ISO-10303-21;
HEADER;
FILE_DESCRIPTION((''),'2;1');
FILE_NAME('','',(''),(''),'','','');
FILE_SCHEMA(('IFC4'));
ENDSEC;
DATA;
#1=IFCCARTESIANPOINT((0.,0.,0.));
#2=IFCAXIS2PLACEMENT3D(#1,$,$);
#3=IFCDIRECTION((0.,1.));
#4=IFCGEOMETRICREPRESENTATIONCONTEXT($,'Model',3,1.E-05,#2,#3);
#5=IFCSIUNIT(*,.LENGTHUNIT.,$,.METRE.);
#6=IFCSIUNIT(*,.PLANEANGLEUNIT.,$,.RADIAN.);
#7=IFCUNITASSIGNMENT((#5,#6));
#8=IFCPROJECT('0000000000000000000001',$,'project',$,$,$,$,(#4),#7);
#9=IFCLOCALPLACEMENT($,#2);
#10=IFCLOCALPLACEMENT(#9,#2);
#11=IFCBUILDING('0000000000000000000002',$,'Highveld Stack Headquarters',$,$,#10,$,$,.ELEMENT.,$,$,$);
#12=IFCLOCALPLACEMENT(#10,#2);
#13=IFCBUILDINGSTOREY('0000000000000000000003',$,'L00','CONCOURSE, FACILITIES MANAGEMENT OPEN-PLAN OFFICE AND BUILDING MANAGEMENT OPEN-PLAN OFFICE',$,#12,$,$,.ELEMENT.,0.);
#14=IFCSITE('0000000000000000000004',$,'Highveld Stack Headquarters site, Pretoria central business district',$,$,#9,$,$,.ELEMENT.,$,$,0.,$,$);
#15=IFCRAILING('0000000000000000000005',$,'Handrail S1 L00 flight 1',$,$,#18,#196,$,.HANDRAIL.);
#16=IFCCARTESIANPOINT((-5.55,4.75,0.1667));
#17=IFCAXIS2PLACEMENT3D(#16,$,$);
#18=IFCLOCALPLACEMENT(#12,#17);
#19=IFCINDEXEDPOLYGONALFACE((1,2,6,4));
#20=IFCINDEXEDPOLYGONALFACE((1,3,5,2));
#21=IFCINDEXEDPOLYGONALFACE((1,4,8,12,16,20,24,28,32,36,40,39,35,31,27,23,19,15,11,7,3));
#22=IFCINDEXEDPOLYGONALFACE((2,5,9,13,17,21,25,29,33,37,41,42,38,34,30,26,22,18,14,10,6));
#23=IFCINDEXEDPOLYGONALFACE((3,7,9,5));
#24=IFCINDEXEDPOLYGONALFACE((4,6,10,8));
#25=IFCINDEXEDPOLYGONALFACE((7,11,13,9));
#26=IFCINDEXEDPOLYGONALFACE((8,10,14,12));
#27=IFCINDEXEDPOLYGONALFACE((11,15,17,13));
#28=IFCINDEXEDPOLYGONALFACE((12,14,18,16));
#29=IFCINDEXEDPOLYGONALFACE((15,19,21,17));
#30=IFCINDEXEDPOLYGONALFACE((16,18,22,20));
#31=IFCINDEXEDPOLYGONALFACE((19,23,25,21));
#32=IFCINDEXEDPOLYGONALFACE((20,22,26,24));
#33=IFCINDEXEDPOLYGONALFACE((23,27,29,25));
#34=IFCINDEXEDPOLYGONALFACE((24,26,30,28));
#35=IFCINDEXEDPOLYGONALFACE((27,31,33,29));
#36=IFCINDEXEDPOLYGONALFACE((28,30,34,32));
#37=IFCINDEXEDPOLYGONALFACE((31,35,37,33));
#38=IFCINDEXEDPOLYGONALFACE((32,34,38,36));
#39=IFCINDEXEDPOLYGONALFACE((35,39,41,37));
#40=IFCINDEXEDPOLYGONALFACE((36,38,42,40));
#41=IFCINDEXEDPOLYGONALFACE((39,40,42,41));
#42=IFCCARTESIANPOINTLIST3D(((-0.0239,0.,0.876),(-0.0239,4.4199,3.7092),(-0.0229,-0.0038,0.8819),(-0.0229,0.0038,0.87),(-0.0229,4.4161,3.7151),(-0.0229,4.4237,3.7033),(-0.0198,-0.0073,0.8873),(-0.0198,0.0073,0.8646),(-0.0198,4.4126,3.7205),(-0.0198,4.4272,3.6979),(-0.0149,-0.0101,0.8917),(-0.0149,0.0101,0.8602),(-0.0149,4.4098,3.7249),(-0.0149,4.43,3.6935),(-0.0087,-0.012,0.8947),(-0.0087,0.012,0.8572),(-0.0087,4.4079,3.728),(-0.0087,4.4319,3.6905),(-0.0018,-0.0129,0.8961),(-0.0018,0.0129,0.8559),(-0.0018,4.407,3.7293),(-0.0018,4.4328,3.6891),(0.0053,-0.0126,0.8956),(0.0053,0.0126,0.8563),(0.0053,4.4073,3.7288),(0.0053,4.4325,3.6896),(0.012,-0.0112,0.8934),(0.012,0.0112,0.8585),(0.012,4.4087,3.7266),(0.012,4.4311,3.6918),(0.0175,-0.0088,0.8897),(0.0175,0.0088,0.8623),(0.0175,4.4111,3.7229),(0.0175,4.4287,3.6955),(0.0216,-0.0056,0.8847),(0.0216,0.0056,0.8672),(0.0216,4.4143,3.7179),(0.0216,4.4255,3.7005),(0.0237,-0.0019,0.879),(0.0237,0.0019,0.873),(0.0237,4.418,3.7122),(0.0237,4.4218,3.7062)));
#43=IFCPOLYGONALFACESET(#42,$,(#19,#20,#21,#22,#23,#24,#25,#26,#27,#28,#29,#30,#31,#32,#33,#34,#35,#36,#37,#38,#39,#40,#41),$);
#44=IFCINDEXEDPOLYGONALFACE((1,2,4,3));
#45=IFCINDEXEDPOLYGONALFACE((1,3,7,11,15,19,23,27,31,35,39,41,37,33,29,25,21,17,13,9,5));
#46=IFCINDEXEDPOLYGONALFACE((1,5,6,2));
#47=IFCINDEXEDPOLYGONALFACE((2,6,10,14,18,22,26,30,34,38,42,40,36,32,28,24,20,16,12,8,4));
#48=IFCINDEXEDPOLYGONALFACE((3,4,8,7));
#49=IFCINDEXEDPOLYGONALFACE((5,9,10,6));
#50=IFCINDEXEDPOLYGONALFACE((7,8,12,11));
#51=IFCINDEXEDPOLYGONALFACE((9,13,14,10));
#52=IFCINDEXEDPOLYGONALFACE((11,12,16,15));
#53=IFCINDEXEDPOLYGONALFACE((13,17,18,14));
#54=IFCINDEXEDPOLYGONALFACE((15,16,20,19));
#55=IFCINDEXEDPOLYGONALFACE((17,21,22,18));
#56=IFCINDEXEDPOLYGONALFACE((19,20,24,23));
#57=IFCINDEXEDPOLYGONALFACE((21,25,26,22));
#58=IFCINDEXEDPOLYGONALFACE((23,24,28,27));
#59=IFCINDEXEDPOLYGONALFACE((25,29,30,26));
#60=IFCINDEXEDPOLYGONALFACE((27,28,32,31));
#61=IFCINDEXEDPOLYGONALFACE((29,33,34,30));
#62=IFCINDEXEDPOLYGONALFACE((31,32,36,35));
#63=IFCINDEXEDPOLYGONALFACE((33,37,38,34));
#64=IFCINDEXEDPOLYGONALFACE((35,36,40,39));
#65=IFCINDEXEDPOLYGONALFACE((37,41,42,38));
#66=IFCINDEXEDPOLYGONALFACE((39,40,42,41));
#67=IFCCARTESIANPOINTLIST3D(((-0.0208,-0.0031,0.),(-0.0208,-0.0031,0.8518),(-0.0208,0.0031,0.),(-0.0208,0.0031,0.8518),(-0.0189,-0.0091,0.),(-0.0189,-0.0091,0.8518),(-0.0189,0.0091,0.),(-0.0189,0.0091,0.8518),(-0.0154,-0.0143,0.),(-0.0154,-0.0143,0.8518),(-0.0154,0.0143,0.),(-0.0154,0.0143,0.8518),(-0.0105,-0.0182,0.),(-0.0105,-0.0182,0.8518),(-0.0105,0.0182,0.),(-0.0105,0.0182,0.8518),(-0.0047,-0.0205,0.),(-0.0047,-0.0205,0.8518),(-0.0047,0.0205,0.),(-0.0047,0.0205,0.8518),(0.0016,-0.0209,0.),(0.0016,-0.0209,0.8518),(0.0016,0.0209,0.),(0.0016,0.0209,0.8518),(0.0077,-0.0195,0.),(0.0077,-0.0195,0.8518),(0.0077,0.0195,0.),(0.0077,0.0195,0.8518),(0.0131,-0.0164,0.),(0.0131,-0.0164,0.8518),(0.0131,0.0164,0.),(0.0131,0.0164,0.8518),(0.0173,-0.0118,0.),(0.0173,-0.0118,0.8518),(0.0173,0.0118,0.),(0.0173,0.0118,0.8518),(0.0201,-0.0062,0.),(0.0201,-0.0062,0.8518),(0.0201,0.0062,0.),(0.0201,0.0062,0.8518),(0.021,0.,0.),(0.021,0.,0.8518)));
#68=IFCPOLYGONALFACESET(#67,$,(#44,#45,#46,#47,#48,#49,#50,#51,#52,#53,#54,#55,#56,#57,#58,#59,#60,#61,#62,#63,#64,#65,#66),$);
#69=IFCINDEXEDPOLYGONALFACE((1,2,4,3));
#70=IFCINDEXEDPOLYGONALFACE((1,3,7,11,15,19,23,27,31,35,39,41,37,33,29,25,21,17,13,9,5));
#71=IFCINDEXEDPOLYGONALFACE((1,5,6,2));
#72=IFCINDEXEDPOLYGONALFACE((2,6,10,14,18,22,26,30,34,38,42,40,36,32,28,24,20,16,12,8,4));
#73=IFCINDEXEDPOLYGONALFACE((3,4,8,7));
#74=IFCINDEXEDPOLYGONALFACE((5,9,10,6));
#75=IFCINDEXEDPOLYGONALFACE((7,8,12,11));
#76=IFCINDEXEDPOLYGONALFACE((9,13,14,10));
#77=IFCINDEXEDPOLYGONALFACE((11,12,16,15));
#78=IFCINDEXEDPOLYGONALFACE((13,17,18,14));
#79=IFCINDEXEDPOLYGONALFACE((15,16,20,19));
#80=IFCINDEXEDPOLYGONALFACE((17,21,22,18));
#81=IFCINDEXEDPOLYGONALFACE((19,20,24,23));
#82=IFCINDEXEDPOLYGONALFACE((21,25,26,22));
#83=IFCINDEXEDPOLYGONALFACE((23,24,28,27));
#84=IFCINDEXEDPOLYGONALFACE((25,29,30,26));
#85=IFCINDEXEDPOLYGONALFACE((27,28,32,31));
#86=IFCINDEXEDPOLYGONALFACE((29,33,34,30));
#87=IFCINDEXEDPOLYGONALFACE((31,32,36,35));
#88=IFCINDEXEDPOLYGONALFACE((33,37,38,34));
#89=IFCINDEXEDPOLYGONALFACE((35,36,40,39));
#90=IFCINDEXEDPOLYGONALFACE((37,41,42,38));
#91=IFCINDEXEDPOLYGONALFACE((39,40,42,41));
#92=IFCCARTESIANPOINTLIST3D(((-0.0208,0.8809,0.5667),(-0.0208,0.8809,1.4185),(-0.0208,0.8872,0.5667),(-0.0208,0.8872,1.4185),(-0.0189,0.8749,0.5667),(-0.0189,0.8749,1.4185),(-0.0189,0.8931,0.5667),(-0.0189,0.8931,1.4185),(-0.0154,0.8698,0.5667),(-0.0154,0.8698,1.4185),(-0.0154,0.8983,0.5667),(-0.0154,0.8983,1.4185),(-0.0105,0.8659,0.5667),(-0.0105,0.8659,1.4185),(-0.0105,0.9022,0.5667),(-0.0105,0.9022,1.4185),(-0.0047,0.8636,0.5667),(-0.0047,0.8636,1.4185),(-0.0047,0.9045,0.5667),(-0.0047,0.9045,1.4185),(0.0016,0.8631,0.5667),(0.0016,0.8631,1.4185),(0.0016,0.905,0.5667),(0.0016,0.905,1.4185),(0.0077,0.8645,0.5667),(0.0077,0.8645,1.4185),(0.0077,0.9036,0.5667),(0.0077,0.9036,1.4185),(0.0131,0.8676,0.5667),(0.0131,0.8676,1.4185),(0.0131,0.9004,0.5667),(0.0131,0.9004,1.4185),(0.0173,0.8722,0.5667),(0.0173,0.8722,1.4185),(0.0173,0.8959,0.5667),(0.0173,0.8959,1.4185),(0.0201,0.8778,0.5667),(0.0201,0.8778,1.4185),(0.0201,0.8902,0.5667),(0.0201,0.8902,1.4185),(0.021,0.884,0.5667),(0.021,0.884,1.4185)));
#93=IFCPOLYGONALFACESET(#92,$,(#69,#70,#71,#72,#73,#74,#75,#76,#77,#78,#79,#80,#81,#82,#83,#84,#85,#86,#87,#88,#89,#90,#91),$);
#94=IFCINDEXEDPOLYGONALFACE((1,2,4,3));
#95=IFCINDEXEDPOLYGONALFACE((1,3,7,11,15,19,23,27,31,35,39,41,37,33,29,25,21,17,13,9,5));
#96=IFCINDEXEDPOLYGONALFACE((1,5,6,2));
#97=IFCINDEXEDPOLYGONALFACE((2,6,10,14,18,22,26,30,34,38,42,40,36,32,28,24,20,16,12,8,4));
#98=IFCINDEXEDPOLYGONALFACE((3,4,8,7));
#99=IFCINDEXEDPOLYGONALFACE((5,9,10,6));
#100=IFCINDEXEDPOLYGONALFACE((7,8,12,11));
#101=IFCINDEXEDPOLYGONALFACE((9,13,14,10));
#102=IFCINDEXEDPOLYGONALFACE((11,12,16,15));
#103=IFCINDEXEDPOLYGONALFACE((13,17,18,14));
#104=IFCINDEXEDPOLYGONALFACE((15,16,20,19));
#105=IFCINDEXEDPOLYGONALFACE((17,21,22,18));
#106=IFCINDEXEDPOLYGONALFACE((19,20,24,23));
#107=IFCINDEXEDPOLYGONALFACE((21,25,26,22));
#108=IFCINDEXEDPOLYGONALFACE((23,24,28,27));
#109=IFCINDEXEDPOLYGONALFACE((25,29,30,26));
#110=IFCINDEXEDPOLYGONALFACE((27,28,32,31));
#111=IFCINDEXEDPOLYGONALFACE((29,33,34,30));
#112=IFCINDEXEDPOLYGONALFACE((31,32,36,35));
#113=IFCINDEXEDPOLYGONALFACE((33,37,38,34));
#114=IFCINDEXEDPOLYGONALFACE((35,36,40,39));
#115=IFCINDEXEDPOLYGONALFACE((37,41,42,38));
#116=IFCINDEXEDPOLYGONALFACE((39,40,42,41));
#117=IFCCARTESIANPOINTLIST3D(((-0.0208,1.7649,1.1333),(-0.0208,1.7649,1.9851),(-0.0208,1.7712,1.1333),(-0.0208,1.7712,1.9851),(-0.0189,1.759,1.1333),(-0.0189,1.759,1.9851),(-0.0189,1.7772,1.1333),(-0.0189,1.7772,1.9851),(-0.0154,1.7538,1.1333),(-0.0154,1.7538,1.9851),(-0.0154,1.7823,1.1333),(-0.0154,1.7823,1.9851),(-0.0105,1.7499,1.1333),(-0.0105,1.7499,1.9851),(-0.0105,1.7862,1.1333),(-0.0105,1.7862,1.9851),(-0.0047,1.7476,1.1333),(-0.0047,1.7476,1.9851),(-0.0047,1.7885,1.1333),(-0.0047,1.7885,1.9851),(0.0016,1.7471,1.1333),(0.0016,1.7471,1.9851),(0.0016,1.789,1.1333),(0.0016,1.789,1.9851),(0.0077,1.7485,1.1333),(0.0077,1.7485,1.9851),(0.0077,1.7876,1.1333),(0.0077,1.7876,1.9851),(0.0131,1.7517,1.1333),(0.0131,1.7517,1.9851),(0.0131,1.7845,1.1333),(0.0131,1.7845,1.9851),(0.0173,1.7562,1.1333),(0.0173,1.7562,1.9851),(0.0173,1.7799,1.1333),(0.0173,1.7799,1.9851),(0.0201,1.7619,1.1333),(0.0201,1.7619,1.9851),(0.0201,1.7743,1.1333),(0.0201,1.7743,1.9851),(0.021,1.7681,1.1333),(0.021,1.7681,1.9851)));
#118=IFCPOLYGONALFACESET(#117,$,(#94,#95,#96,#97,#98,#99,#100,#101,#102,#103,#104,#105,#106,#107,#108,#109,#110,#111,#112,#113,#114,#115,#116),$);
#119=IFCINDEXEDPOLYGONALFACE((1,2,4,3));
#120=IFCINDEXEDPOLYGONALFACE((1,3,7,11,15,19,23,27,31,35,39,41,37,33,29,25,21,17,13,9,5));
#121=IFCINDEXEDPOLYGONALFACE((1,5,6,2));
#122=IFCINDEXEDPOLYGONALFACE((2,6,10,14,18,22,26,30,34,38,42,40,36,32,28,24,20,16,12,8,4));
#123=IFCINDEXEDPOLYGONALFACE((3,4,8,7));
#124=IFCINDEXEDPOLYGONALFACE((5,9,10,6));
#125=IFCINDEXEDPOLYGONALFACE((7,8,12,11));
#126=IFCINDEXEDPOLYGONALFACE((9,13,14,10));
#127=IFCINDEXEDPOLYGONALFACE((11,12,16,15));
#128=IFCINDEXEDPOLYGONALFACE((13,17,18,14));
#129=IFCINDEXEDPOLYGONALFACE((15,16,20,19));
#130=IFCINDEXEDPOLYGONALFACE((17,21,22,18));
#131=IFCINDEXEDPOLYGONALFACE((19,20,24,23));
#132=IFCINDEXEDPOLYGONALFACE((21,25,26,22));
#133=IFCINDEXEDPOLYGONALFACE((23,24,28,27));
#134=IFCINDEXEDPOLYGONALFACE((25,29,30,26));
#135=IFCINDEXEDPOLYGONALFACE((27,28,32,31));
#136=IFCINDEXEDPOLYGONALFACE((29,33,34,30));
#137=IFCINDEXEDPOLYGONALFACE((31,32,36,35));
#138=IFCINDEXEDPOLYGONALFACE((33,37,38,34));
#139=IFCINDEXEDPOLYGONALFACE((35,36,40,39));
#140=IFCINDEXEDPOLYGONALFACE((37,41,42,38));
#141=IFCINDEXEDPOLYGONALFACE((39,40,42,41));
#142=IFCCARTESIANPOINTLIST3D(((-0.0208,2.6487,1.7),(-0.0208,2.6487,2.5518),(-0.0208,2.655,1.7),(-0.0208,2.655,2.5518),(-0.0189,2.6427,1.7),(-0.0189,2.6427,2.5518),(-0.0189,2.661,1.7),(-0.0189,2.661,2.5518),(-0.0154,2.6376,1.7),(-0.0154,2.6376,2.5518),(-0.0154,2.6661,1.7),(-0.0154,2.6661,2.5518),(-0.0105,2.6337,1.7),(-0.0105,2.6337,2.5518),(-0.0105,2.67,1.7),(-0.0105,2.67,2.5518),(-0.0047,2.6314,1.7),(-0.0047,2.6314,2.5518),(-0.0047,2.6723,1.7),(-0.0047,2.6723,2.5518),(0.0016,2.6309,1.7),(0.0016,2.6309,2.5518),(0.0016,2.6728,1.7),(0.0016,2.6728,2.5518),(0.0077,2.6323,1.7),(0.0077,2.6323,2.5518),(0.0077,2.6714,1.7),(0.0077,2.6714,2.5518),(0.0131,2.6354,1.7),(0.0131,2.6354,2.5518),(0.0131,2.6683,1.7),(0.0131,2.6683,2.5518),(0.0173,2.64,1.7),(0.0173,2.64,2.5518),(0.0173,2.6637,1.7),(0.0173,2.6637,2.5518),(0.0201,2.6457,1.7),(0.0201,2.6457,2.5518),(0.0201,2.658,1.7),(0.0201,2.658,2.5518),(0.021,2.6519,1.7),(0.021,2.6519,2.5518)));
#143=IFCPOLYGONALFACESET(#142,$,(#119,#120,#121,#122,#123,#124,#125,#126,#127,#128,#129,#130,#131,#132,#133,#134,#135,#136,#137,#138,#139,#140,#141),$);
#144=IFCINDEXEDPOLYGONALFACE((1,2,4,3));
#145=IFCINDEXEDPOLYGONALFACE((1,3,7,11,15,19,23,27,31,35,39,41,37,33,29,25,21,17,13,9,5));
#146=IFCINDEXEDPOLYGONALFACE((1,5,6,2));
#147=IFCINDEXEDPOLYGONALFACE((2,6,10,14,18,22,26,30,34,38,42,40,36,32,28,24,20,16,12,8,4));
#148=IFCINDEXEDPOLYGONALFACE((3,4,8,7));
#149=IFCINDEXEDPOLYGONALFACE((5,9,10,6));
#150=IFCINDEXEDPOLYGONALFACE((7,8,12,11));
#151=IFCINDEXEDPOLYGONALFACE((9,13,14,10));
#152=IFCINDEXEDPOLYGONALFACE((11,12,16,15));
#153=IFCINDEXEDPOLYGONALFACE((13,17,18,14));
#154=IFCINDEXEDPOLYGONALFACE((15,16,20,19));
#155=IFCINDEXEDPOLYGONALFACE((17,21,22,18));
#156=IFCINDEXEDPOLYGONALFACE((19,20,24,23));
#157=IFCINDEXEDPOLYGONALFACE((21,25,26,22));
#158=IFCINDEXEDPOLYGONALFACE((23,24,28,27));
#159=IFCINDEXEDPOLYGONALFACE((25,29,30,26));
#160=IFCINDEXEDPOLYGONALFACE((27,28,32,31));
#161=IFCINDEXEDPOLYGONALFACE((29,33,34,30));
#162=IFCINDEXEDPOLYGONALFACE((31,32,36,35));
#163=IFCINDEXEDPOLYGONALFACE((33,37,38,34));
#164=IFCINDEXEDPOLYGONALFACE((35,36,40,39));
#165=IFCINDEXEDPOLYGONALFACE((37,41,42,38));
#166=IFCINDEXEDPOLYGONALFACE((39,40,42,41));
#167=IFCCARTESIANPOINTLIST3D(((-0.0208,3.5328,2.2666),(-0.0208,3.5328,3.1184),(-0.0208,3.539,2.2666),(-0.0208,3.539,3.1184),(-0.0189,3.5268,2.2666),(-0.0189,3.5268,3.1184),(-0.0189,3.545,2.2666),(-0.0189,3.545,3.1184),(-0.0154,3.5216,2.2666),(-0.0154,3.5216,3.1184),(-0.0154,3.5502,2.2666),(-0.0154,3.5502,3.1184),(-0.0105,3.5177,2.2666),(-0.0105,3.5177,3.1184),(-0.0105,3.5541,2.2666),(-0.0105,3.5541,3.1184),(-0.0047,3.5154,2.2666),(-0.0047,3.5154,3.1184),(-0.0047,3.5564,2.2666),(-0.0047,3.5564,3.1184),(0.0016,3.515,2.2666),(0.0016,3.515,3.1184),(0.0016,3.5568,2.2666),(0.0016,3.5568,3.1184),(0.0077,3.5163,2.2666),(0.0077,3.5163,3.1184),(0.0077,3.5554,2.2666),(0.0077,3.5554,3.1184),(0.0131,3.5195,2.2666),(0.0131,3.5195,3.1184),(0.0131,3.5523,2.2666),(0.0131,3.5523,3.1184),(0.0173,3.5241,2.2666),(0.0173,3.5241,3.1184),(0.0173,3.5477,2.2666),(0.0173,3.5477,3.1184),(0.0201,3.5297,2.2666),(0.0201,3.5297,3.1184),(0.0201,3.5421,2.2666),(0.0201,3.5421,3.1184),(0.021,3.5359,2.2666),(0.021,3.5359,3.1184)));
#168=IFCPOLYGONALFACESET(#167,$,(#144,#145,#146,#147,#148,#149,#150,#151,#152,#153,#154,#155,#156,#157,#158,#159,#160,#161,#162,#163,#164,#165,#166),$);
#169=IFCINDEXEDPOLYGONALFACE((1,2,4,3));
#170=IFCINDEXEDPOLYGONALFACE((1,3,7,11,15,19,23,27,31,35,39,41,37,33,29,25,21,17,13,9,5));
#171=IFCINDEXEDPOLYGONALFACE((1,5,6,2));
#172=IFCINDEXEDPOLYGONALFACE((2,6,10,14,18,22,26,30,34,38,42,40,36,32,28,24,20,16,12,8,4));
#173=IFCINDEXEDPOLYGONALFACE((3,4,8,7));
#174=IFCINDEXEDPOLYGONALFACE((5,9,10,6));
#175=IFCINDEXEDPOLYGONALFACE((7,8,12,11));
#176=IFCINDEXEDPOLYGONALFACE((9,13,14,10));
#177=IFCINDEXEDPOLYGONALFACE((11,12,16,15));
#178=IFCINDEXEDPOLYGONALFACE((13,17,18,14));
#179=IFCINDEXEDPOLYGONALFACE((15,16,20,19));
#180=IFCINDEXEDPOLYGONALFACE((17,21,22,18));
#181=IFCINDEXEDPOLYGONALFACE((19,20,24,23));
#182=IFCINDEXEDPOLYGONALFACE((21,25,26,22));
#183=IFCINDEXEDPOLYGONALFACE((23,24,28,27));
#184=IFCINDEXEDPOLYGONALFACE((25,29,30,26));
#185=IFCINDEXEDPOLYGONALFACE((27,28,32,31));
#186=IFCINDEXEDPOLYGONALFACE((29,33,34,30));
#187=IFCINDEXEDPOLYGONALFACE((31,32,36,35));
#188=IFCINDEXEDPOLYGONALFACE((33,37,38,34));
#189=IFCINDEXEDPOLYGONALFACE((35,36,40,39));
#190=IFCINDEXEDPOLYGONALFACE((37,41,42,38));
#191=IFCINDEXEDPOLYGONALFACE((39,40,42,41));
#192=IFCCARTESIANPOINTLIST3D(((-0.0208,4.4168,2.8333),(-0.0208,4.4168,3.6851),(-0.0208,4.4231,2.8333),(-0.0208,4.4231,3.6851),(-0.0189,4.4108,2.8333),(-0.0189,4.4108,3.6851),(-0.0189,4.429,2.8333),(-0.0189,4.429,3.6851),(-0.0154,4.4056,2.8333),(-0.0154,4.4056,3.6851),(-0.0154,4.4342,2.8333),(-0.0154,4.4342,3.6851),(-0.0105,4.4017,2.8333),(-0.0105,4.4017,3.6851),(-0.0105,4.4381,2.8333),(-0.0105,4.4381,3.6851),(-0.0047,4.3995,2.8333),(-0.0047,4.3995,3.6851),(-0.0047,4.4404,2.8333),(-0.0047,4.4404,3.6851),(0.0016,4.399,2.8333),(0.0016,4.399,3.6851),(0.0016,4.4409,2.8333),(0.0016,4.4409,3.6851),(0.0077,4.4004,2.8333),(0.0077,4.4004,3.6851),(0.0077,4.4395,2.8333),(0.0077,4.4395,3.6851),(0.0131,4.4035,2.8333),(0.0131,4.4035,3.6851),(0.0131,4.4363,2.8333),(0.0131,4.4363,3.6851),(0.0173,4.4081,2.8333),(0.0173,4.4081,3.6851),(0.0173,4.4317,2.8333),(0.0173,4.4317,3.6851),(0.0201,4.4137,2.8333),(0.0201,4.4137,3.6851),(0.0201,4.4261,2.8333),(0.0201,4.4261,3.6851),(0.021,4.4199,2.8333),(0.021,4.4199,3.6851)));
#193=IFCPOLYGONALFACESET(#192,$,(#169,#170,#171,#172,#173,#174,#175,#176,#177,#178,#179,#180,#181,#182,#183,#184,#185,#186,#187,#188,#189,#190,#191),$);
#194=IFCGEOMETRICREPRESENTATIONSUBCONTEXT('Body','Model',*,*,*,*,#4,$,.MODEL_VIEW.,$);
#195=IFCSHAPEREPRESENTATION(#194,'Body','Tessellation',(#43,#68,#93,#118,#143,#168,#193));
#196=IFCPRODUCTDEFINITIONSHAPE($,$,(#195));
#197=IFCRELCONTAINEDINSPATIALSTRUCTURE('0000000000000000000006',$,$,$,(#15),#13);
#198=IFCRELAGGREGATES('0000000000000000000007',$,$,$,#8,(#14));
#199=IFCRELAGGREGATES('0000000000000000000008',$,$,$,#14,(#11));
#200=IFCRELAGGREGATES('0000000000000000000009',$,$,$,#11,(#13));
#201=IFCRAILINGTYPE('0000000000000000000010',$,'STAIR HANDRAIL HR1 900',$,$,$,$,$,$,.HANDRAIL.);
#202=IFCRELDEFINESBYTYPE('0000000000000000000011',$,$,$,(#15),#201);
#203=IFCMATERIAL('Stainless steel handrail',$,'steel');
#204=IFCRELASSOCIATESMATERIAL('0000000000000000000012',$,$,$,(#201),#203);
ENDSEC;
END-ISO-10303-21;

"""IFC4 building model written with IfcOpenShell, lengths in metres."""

from ifc_helpers import new_model, si_unit, direction, frame, origin, origin_2d, place, context, subcontext, project, spatial, circle, extrude, material, type_object, element, save


model = new_model("IFC4")

# Units and contexts
model_context = context("Model", 3, precision=1e-05, world=origin(), true_north=direction((0.0, 1.0)))
body_context = subcontext(model_context, "Body", "Model", "MODEL_VIEW")
ifc_project = project(units=[si_unit("LENGTHUNIT", "METRE"), si_unit("PLANEANGLEUNIT", "RADIAN")], contexts=[model_context])

# Site, building, storey
site_placement = place(None, origin())
site = spatial("IfcSite", under=ifc_project, at=site_placement, Name="Highveld Stack Headquarters site, Pretoria central business district", CompositionType="ELEMENT", RefElevation=0.0)
building_placement = place(site_placement, origin())
building = spatial("IfcBuilding", under=site, at=building_placement, Name="Highveld Stack Headquarters", CompositionType="ELEMENT")
storey_placement = place(building_placement, origin())
storey = spatial("IfcBuildingStorey", under=building, at=storey_placement, Name="L00", Description="CONCOURSE, FACILITIES MANAGEMENT OPEN-PLAN OFFICE AND BUILDING MANAGEMENT OPEN-PLAN OFFICE", CompositionType="ELEMENT", Elevation=0.0)

# Railing
ifc_material_1 = material(Name="Stainless steel handrail", Category="steel")
railing_type = type_object("IfcRailingType", Name="STAIR HANDRAIL HR1 900", PredefinedType="HANDRAIL", material=ifc_material_1)
for number, where, name in (
    (1, (-5.55, 4.75, 0.1667), "Handrail S1 L00 flight 1"),
):
    element("IfcRailing", number, at=place(storey_placement, frame(where)), inside=storey, type_object=railing_type, Name=name, PredefinedType="HANDRAIL", context=body_context, shape_type="SweptSolid", body=[
        extrude(circle(Radius=0.0239, at=origin_2d()), frame((0.0, 0.0, 0.876), z_axis=(0.0, 0.841882, 0.539662), x_axis=(-1.0, 0.0, 0.0)), (0.0, 0.0, 1.0), 5.25),
        extrude(circle(Radius=0.021, at=origin_2d()), origin(), (0.0, 0.0, 1.0), 0.8518),
        extrude(circle(Radius=0.021, at=origin_2d()), frame((0.0, 0.884, 0.5667)), (0.0, 0.0, 1.0), 0.8518),
        extrude(circle(Radius=0.021, at=origin_2d()), frame((0.0, 1.7681, 1.1333)), (0.0, 0.0, 1.0), 0.8518),
        extrude(circle(Radius=0.021, at=origin_2d()), frame((0.0, 2.6519, 1.7)), (0.0, 0.0, 1.0), 0.8518),
        extrude(circle(Radius=0.021, at=origin_2d()), frame((0.0, 3.5359, 2.2666)), (0.0, 0.0, 1.0), 0.8518),
        extrude(circle(Radius=0.021, at=origin_2d()), frame((0.0, 4.4199, 2.8333)), (0.0, 0.0, 1.0), 0.8518),
    ])

save(model, "model.ifc")
